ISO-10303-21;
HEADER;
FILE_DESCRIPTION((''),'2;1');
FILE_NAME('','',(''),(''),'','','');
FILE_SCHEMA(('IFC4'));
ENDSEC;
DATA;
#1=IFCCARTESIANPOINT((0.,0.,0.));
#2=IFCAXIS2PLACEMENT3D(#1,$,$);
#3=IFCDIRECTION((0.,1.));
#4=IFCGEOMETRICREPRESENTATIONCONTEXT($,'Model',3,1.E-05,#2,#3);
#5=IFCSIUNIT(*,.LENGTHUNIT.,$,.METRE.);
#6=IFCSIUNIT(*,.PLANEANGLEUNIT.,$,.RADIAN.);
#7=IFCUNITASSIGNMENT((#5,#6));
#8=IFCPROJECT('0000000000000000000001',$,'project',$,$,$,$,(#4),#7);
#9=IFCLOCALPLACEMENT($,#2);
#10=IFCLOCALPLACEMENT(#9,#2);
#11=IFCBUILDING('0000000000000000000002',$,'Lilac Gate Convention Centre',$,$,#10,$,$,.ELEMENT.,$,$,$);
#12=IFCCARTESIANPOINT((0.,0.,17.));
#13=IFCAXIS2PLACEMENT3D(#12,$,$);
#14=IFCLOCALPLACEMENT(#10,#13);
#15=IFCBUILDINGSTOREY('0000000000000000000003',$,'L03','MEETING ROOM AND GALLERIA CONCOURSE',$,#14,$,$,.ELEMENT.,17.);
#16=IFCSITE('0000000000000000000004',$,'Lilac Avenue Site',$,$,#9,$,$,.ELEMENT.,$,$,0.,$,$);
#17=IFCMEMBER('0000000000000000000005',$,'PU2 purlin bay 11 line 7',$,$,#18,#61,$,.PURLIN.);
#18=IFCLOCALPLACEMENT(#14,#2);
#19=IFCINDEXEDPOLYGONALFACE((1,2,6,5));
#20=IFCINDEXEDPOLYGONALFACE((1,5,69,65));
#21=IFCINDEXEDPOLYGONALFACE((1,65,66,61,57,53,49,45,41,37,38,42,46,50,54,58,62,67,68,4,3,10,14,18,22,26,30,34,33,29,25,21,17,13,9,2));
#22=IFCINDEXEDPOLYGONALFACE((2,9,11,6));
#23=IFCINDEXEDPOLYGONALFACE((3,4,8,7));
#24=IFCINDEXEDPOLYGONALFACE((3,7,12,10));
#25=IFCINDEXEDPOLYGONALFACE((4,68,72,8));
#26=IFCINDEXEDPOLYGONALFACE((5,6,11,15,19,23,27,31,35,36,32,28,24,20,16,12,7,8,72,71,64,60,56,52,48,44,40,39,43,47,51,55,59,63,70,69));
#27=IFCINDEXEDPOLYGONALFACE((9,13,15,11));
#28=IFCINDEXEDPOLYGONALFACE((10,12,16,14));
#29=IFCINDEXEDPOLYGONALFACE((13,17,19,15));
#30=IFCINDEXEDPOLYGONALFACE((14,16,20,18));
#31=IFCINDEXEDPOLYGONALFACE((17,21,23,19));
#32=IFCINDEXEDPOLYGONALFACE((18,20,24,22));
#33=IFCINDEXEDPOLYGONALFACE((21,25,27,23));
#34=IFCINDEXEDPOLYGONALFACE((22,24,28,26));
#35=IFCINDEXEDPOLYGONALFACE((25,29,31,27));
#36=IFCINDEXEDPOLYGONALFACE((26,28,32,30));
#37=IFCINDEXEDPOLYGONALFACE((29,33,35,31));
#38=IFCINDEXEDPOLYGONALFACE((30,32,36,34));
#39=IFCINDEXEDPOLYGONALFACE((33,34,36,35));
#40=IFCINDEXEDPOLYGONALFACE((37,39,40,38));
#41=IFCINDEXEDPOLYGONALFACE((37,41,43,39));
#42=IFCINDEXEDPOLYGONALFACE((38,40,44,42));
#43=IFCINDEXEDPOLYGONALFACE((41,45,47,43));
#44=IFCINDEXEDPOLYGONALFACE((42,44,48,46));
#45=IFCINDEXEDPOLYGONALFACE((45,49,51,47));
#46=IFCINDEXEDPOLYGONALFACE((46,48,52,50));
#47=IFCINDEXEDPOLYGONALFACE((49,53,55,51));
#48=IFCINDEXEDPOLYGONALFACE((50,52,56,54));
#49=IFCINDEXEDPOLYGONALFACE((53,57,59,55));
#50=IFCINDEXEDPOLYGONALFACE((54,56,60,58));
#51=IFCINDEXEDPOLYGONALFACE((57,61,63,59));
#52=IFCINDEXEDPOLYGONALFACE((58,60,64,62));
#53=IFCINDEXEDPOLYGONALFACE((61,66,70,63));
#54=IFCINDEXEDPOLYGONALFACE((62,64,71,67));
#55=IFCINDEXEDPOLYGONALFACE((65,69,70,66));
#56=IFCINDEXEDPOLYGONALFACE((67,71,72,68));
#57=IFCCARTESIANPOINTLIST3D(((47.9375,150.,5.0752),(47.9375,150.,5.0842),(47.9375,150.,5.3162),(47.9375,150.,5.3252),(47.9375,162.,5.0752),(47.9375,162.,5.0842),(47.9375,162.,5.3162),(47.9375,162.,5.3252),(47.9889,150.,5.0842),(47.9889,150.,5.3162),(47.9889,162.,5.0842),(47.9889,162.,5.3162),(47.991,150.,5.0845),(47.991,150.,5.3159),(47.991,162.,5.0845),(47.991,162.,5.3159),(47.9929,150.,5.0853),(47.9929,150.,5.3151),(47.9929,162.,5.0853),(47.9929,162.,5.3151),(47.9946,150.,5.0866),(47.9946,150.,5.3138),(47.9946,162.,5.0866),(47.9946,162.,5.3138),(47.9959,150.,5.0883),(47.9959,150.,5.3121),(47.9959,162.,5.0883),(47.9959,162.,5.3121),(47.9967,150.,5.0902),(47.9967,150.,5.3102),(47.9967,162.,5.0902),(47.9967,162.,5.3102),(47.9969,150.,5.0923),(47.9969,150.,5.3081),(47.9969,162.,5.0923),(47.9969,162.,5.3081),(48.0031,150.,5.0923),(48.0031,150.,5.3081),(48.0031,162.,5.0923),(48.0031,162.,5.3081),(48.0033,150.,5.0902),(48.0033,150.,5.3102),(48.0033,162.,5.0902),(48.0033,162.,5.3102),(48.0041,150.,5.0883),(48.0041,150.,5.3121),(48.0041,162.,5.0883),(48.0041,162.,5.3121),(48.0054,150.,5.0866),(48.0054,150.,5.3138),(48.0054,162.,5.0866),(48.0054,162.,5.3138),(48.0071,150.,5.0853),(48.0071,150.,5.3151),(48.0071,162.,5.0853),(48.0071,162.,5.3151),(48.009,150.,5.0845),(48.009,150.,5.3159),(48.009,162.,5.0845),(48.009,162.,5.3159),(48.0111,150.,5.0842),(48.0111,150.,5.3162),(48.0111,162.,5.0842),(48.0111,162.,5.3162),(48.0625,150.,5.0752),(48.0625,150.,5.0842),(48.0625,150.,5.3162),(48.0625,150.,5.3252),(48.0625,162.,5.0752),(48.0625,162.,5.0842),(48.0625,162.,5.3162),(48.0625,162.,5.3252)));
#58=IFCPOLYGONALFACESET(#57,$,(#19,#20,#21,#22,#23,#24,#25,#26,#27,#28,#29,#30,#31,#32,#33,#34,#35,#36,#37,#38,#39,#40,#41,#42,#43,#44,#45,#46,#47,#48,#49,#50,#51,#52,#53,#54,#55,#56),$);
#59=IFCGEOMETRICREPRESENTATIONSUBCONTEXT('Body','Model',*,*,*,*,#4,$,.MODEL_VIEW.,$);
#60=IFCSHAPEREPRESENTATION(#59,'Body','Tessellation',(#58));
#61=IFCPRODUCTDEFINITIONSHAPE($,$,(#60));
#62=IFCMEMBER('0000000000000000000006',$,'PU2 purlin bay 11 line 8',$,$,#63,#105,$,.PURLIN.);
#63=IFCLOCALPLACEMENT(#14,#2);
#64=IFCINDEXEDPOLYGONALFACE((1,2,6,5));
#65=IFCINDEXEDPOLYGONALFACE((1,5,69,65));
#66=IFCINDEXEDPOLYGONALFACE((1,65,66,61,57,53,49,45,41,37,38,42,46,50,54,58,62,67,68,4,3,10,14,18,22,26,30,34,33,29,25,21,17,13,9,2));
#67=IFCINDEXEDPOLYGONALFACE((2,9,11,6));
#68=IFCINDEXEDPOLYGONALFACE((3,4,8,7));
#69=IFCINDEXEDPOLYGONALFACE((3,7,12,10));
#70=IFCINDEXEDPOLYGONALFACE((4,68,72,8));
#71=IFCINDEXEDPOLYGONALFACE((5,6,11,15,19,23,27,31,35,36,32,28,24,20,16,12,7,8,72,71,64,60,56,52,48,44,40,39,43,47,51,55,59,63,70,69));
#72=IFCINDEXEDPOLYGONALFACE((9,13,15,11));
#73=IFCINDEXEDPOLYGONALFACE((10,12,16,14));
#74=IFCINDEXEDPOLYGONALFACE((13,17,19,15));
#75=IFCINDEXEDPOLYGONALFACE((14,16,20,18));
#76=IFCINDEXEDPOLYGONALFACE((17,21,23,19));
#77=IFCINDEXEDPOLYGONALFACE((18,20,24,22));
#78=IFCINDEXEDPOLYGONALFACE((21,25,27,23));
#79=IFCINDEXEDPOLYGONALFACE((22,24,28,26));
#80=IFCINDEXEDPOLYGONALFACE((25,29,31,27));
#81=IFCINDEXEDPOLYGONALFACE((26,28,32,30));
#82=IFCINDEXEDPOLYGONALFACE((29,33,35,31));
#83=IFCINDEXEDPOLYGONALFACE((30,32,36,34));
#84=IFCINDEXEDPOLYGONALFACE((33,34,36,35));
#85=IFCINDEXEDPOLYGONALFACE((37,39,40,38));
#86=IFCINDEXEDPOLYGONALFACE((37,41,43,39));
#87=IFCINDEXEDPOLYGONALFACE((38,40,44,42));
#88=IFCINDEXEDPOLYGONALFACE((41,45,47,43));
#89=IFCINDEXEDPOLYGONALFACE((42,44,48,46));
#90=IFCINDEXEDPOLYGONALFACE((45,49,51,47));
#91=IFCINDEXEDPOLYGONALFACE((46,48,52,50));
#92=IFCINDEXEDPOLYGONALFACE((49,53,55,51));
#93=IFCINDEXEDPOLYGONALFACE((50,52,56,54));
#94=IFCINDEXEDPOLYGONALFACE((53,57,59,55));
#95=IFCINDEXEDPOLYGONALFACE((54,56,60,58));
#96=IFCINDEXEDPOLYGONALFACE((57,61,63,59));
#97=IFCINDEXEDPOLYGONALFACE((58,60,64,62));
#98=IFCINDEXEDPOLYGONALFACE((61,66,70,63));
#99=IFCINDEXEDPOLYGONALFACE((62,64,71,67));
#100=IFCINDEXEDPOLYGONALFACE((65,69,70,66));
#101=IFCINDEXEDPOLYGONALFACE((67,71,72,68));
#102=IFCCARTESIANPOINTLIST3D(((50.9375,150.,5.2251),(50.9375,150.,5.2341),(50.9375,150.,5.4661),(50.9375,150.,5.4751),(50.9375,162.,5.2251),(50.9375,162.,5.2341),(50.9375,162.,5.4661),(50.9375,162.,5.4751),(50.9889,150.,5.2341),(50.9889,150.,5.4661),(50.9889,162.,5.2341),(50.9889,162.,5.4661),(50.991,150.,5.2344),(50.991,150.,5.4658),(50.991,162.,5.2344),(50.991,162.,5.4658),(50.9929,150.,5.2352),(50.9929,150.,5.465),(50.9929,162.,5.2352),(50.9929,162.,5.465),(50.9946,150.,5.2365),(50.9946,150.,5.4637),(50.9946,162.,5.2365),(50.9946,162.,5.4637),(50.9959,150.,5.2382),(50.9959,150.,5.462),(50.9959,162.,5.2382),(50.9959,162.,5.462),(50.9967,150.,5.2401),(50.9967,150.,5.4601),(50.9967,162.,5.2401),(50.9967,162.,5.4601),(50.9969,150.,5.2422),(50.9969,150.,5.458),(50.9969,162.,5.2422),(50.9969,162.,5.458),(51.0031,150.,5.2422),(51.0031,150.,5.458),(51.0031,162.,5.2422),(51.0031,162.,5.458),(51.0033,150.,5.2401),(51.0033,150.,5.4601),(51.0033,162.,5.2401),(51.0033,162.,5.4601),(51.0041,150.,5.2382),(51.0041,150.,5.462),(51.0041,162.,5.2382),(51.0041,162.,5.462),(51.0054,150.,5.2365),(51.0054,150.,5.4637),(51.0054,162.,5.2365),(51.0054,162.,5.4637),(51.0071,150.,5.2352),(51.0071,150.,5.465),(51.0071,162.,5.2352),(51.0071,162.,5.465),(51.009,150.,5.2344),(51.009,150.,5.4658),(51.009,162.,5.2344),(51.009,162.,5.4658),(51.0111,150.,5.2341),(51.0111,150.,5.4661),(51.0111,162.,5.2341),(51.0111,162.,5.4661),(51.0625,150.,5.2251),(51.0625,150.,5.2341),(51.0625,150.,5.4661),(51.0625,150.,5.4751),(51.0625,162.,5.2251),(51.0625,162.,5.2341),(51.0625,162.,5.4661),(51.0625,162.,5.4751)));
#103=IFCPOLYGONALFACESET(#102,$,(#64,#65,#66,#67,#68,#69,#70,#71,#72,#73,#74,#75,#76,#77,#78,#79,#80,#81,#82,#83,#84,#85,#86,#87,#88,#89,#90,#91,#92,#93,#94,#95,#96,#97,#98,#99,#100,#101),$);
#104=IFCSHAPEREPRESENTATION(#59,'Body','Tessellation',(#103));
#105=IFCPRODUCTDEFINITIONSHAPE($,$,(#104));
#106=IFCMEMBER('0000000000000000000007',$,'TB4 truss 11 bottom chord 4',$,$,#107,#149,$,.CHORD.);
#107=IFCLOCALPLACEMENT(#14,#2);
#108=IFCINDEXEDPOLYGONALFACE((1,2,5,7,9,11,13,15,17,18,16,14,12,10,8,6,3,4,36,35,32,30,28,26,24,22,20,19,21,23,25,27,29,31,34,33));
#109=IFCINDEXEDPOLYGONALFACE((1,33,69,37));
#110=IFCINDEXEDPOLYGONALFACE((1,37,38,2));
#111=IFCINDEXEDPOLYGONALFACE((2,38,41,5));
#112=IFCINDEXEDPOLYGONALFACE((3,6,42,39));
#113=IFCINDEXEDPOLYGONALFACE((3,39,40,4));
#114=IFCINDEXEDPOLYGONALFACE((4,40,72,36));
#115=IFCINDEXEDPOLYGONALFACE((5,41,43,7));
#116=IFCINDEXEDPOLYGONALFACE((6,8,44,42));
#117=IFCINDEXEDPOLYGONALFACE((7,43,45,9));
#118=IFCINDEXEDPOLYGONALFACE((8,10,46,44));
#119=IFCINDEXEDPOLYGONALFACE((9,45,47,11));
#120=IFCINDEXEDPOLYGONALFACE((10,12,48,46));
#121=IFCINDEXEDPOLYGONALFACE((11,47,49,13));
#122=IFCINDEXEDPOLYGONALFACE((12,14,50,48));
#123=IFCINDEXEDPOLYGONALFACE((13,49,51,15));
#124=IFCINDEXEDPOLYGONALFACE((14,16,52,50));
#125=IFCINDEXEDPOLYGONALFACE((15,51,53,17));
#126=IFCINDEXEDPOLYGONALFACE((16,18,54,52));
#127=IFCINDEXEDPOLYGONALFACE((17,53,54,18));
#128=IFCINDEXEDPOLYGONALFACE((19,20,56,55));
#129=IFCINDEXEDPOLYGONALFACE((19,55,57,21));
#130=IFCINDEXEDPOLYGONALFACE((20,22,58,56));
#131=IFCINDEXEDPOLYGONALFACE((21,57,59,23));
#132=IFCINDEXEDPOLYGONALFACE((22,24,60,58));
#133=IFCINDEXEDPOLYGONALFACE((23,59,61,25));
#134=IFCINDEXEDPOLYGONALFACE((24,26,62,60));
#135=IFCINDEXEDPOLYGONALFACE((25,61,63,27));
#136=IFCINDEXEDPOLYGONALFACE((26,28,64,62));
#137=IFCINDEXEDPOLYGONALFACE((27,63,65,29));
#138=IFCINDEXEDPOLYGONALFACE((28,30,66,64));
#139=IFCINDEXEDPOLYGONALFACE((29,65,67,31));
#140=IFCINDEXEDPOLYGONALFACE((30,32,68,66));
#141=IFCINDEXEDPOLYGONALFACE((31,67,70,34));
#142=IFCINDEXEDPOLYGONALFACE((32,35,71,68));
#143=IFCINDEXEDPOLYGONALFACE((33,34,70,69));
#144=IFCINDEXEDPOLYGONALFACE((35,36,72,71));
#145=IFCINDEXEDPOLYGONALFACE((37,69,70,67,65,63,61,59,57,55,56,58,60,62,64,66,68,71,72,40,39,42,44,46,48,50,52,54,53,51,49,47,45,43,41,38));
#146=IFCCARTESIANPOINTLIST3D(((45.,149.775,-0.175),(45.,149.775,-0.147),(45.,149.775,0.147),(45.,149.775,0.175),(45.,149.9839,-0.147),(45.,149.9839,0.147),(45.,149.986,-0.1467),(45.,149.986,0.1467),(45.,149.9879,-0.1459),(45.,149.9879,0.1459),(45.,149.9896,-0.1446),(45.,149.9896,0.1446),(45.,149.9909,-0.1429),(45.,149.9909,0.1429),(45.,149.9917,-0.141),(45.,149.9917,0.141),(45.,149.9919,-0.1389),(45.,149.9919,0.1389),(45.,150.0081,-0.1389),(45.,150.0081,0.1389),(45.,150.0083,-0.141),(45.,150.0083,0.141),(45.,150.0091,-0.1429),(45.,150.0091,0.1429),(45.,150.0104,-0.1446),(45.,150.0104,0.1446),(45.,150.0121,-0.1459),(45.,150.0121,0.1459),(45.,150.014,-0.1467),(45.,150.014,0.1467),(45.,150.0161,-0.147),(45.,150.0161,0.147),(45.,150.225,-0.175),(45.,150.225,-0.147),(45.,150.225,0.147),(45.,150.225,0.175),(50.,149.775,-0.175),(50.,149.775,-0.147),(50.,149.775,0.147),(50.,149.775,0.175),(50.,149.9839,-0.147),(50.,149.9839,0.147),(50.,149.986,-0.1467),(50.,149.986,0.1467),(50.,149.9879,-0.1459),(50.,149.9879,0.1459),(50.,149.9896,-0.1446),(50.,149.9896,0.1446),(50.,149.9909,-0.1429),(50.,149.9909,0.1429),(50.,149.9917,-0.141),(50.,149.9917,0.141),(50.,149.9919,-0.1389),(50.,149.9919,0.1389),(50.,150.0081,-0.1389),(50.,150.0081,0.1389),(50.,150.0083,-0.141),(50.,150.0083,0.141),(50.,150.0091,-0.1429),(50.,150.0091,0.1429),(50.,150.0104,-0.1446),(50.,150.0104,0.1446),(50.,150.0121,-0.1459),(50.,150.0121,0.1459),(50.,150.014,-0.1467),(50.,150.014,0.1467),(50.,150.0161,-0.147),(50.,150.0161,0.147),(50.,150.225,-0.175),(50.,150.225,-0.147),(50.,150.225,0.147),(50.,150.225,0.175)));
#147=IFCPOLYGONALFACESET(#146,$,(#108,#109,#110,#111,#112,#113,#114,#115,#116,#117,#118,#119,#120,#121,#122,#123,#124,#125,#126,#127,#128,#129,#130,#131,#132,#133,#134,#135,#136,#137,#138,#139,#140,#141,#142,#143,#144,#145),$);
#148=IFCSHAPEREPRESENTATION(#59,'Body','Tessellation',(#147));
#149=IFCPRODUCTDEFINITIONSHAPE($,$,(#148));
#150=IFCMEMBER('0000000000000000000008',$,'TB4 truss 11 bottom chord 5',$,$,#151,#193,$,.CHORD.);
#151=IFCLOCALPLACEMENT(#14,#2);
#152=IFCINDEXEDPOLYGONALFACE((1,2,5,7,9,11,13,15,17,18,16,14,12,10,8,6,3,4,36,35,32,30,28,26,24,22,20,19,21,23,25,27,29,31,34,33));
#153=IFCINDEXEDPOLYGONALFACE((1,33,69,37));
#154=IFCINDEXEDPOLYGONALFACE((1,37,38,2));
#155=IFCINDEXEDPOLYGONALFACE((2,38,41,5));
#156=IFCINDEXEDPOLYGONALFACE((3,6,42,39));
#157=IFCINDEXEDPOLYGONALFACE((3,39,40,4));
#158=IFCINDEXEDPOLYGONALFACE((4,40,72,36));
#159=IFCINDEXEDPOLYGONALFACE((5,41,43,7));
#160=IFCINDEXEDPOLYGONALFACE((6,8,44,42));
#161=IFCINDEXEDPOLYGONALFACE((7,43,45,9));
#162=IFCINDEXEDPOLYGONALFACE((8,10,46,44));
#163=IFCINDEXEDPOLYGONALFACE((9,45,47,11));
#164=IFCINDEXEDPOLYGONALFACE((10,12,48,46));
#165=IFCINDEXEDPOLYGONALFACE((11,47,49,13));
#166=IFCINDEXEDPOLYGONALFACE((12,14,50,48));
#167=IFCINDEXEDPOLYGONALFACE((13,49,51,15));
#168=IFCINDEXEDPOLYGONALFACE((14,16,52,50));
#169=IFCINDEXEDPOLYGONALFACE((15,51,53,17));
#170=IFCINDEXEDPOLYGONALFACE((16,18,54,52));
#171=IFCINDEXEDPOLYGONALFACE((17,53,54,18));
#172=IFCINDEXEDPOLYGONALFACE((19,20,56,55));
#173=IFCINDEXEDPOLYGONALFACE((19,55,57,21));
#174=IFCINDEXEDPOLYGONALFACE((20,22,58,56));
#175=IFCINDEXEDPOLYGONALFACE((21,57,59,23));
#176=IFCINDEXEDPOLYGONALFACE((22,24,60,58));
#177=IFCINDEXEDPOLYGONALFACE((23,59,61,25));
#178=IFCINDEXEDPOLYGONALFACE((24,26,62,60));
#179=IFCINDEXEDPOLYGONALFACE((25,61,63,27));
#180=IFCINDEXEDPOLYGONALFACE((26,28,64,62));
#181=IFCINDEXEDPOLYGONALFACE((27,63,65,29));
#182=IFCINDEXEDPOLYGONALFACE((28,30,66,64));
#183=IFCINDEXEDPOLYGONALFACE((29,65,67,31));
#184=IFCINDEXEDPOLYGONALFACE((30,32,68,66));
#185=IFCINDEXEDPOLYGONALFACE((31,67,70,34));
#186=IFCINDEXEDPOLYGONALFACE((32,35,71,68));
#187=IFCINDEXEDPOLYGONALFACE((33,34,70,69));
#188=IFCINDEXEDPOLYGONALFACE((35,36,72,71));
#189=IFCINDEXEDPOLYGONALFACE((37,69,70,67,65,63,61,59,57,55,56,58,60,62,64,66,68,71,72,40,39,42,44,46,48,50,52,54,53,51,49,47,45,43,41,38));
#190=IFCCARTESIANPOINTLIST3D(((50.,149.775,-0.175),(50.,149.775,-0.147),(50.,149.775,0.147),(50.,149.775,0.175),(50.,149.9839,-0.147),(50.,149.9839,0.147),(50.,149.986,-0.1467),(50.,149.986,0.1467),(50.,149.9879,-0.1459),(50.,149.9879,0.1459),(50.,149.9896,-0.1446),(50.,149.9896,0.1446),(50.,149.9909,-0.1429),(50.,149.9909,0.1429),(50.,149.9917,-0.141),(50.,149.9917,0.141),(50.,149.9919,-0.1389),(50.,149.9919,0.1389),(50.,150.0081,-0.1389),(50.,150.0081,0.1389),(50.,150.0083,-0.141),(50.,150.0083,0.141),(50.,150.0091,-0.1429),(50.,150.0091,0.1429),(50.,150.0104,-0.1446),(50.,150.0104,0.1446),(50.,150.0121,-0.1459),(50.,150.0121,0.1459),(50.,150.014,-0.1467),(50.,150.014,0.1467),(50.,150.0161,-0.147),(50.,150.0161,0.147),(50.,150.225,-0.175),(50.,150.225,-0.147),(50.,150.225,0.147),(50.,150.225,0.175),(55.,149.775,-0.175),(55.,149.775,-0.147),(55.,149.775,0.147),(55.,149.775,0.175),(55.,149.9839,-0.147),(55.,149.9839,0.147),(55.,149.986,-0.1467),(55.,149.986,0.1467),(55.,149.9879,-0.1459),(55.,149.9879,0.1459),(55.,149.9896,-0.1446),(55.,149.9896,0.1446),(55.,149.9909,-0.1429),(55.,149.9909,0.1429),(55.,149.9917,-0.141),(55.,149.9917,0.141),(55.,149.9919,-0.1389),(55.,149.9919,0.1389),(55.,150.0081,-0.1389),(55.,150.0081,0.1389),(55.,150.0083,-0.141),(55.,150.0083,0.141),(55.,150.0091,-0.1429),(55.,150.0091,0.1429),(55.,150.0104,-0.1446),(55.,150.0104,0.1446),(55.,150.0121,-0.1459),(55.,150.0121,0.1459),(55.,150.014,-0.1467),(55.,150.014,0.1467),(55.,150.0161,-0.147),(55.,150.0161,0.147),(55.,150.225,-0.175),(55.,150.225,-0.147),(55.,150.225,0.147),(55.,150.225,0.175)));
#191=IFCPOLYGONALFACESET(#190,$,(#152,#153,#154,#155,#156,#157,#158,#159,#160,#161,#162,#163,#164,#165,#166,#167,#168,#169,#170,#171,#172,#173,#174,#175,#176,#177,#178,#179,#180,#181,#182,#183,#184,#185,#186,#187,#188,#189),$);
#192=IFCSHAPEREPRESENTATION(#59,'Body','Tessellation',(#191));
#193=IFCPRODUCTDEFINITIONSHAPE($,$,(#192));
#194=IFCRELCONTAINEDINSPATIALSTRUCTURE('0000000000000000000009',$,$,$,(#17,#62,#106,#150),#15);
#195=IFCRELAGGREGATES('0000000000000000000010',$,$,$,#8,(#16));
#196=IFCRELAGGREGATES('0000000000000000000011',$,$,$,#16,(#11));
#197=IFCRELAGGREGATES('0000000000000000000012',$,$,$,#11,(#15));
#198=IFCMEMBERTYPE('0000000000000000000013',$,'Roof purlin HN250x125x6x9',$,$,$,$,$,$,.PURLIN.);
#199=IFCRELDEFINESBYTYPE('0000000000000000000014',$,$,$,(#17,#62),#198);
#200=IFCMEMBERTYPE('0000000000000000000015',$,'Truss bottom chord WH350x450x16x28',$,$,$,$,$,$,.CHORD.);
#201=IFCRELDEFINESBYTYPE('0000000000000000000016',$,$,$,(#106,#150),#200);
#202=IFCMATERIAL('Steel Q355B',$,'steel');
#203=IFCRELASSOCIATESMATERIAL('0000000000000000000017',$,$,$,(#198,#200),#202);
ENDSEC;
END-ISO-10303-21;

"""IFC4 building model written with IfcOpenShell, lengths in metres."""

from ifc_helpers import new_model, si_unit, direction, frame, origin, origin_2d, place, context, subcontext, project, spatial, i_section, extrude, material, material_profile, profile_set, type_object, element, save


model = new_model("IFC4")

# Units and contexts
model_context = context("Model", 3, precision=1e-05, world=origin(), true_north=direction((0.0, 1.0)))
body_context = subcontext(model_context, "Body", "Model", "MODEL_VIEW")
ifc_project = project(units=[si_unit("LENGTHUNIT", "METRE"), si_unit("PLANEANGLEUNIT", "RADIAN")], contexts=[model_context])

# Site, building, storey
site_placement = place(None, origin())
site = spatial("IfcSite", under=ifc_project, at=site_placement, Name="Lilac Avenue Site", CompositionType="ELEMENT", RefElevation=0.0)
building_placement = place(site_placement, origin())
building = spatial("IfcBuilding", under=site, at=building_placement, Name="Lilac Gate Convention Centre", CompositionType="ELEMENT")
storey_placement = place(building_placement, frame((0.0, 0.0, 17.0)))
storey = spatial("IfcBuildingStorey", under=building, at=storey_placement, Name="L03", Description="MEETING ROOM AND GALLERIA CONCOURSE", CompositionType="ELEMENT", Elevation=17.0)

# Members
ifc_material = material(Name="Steel Q355B", Category="steel")
ifc_material_profile_1 = material_profile(ifc_material, i_section(OverallWidth=0.125, OverallDepth=0.25, WebThickness=0.0061, FlangeThickness=0.009, FilletRadius=0.0081, at=origin_2d()), Name="HN250x125x6x9")
ifc_profile_set_1 = profile_set([ifc_material_profile_1], Name="Steel Q355B")
member_type_1 = type_object("IfcMemberType", Name="Roof purlin HN250x125x6x9", PredefinedType="PURLIN", material=ifc_profile_set_1)
for number, where, z_axis, x_axis, name in (
    (1, (48.0, 150.0, 5.2002), (0.0, 1.0, 0.0), (-1.0, 0.0, 0.0), "PU2 purlin bay 11 line 7"),
    (2, (51.0, 150.0, 5.3501), (0.0, 1.0, 0.0), (-1.0, 0.0, 0.0), "PU2 purlin bay 11 line 8"),
):
    element("IfcMember", number, at=place(storey_placement, frame(where, z_axis=z_axis, x_axis=x_axis)), inside=storey, type_object=member_type_1, Name=name, PredefinedType="PURLIN", context=body_context, shape_type="SweptSolid", body=[
        extrude(i_section(OverallWidth=0.125, OverallDepth=0.25, WebThickness=0.0061, FlangeThickness=0.009, FilletRadius=0.0081, at=origin_2d()), origin(), (0.0, 0.0, 1.0), 12.0),
    ])
ifc_material_profile_2 = material_profile(ifc_material, i_section(OverallWidth=0.45, OverallDepth=0.3501, WebThickness=0.0161, FlangeThickness=0.0281, FilletRadius=0.0081, at=origin_2d()), Name="WH350x450x16x28")
ifc_profile_set_2 = profile_set([ifc_material_profile_2], Name="Steel Q355B")
member_type_2 = type_object("IfcMemberType", Name="Truss bottom chord WH350x450x16x28", PredefinedType="CHORD", material=ifc_profile_set_2)
for number, where, z_axis, x_axis, name in (
    (3, (45.0, 150.0, 0.0), (1.0, 0.0, 0.0), (0.0, 1.0, 0.0), "TB4 truss 11 bottom chord 4"),
    (4, (50.0, 150.0, 0.0), (1.0, 0.0, 0.0), (0.0, 1.0, 0.0), "TB4 truss 11 bottom chord 5"),
):
    element("IfcMember", number, at=place(storey_placement, frame(where, z_axis=z_axis, x_axis=x_axis)), inside=storey, type_object=member_type_2, Name=name, PredefinedType="CHORD", context=body_context, shape_type="SweptSolid", body=[
        extrude(i_section(OverallWidth=0.45, OverallDepth=0.3501, WebThickness=0.0161, FlangeThickness=0.0281, FilletRadius=0.0081, at=origin_2d()), origin(), (0.0, 0.0, 1.0), 5.0),
    ])

save(model, "model.ifc")
